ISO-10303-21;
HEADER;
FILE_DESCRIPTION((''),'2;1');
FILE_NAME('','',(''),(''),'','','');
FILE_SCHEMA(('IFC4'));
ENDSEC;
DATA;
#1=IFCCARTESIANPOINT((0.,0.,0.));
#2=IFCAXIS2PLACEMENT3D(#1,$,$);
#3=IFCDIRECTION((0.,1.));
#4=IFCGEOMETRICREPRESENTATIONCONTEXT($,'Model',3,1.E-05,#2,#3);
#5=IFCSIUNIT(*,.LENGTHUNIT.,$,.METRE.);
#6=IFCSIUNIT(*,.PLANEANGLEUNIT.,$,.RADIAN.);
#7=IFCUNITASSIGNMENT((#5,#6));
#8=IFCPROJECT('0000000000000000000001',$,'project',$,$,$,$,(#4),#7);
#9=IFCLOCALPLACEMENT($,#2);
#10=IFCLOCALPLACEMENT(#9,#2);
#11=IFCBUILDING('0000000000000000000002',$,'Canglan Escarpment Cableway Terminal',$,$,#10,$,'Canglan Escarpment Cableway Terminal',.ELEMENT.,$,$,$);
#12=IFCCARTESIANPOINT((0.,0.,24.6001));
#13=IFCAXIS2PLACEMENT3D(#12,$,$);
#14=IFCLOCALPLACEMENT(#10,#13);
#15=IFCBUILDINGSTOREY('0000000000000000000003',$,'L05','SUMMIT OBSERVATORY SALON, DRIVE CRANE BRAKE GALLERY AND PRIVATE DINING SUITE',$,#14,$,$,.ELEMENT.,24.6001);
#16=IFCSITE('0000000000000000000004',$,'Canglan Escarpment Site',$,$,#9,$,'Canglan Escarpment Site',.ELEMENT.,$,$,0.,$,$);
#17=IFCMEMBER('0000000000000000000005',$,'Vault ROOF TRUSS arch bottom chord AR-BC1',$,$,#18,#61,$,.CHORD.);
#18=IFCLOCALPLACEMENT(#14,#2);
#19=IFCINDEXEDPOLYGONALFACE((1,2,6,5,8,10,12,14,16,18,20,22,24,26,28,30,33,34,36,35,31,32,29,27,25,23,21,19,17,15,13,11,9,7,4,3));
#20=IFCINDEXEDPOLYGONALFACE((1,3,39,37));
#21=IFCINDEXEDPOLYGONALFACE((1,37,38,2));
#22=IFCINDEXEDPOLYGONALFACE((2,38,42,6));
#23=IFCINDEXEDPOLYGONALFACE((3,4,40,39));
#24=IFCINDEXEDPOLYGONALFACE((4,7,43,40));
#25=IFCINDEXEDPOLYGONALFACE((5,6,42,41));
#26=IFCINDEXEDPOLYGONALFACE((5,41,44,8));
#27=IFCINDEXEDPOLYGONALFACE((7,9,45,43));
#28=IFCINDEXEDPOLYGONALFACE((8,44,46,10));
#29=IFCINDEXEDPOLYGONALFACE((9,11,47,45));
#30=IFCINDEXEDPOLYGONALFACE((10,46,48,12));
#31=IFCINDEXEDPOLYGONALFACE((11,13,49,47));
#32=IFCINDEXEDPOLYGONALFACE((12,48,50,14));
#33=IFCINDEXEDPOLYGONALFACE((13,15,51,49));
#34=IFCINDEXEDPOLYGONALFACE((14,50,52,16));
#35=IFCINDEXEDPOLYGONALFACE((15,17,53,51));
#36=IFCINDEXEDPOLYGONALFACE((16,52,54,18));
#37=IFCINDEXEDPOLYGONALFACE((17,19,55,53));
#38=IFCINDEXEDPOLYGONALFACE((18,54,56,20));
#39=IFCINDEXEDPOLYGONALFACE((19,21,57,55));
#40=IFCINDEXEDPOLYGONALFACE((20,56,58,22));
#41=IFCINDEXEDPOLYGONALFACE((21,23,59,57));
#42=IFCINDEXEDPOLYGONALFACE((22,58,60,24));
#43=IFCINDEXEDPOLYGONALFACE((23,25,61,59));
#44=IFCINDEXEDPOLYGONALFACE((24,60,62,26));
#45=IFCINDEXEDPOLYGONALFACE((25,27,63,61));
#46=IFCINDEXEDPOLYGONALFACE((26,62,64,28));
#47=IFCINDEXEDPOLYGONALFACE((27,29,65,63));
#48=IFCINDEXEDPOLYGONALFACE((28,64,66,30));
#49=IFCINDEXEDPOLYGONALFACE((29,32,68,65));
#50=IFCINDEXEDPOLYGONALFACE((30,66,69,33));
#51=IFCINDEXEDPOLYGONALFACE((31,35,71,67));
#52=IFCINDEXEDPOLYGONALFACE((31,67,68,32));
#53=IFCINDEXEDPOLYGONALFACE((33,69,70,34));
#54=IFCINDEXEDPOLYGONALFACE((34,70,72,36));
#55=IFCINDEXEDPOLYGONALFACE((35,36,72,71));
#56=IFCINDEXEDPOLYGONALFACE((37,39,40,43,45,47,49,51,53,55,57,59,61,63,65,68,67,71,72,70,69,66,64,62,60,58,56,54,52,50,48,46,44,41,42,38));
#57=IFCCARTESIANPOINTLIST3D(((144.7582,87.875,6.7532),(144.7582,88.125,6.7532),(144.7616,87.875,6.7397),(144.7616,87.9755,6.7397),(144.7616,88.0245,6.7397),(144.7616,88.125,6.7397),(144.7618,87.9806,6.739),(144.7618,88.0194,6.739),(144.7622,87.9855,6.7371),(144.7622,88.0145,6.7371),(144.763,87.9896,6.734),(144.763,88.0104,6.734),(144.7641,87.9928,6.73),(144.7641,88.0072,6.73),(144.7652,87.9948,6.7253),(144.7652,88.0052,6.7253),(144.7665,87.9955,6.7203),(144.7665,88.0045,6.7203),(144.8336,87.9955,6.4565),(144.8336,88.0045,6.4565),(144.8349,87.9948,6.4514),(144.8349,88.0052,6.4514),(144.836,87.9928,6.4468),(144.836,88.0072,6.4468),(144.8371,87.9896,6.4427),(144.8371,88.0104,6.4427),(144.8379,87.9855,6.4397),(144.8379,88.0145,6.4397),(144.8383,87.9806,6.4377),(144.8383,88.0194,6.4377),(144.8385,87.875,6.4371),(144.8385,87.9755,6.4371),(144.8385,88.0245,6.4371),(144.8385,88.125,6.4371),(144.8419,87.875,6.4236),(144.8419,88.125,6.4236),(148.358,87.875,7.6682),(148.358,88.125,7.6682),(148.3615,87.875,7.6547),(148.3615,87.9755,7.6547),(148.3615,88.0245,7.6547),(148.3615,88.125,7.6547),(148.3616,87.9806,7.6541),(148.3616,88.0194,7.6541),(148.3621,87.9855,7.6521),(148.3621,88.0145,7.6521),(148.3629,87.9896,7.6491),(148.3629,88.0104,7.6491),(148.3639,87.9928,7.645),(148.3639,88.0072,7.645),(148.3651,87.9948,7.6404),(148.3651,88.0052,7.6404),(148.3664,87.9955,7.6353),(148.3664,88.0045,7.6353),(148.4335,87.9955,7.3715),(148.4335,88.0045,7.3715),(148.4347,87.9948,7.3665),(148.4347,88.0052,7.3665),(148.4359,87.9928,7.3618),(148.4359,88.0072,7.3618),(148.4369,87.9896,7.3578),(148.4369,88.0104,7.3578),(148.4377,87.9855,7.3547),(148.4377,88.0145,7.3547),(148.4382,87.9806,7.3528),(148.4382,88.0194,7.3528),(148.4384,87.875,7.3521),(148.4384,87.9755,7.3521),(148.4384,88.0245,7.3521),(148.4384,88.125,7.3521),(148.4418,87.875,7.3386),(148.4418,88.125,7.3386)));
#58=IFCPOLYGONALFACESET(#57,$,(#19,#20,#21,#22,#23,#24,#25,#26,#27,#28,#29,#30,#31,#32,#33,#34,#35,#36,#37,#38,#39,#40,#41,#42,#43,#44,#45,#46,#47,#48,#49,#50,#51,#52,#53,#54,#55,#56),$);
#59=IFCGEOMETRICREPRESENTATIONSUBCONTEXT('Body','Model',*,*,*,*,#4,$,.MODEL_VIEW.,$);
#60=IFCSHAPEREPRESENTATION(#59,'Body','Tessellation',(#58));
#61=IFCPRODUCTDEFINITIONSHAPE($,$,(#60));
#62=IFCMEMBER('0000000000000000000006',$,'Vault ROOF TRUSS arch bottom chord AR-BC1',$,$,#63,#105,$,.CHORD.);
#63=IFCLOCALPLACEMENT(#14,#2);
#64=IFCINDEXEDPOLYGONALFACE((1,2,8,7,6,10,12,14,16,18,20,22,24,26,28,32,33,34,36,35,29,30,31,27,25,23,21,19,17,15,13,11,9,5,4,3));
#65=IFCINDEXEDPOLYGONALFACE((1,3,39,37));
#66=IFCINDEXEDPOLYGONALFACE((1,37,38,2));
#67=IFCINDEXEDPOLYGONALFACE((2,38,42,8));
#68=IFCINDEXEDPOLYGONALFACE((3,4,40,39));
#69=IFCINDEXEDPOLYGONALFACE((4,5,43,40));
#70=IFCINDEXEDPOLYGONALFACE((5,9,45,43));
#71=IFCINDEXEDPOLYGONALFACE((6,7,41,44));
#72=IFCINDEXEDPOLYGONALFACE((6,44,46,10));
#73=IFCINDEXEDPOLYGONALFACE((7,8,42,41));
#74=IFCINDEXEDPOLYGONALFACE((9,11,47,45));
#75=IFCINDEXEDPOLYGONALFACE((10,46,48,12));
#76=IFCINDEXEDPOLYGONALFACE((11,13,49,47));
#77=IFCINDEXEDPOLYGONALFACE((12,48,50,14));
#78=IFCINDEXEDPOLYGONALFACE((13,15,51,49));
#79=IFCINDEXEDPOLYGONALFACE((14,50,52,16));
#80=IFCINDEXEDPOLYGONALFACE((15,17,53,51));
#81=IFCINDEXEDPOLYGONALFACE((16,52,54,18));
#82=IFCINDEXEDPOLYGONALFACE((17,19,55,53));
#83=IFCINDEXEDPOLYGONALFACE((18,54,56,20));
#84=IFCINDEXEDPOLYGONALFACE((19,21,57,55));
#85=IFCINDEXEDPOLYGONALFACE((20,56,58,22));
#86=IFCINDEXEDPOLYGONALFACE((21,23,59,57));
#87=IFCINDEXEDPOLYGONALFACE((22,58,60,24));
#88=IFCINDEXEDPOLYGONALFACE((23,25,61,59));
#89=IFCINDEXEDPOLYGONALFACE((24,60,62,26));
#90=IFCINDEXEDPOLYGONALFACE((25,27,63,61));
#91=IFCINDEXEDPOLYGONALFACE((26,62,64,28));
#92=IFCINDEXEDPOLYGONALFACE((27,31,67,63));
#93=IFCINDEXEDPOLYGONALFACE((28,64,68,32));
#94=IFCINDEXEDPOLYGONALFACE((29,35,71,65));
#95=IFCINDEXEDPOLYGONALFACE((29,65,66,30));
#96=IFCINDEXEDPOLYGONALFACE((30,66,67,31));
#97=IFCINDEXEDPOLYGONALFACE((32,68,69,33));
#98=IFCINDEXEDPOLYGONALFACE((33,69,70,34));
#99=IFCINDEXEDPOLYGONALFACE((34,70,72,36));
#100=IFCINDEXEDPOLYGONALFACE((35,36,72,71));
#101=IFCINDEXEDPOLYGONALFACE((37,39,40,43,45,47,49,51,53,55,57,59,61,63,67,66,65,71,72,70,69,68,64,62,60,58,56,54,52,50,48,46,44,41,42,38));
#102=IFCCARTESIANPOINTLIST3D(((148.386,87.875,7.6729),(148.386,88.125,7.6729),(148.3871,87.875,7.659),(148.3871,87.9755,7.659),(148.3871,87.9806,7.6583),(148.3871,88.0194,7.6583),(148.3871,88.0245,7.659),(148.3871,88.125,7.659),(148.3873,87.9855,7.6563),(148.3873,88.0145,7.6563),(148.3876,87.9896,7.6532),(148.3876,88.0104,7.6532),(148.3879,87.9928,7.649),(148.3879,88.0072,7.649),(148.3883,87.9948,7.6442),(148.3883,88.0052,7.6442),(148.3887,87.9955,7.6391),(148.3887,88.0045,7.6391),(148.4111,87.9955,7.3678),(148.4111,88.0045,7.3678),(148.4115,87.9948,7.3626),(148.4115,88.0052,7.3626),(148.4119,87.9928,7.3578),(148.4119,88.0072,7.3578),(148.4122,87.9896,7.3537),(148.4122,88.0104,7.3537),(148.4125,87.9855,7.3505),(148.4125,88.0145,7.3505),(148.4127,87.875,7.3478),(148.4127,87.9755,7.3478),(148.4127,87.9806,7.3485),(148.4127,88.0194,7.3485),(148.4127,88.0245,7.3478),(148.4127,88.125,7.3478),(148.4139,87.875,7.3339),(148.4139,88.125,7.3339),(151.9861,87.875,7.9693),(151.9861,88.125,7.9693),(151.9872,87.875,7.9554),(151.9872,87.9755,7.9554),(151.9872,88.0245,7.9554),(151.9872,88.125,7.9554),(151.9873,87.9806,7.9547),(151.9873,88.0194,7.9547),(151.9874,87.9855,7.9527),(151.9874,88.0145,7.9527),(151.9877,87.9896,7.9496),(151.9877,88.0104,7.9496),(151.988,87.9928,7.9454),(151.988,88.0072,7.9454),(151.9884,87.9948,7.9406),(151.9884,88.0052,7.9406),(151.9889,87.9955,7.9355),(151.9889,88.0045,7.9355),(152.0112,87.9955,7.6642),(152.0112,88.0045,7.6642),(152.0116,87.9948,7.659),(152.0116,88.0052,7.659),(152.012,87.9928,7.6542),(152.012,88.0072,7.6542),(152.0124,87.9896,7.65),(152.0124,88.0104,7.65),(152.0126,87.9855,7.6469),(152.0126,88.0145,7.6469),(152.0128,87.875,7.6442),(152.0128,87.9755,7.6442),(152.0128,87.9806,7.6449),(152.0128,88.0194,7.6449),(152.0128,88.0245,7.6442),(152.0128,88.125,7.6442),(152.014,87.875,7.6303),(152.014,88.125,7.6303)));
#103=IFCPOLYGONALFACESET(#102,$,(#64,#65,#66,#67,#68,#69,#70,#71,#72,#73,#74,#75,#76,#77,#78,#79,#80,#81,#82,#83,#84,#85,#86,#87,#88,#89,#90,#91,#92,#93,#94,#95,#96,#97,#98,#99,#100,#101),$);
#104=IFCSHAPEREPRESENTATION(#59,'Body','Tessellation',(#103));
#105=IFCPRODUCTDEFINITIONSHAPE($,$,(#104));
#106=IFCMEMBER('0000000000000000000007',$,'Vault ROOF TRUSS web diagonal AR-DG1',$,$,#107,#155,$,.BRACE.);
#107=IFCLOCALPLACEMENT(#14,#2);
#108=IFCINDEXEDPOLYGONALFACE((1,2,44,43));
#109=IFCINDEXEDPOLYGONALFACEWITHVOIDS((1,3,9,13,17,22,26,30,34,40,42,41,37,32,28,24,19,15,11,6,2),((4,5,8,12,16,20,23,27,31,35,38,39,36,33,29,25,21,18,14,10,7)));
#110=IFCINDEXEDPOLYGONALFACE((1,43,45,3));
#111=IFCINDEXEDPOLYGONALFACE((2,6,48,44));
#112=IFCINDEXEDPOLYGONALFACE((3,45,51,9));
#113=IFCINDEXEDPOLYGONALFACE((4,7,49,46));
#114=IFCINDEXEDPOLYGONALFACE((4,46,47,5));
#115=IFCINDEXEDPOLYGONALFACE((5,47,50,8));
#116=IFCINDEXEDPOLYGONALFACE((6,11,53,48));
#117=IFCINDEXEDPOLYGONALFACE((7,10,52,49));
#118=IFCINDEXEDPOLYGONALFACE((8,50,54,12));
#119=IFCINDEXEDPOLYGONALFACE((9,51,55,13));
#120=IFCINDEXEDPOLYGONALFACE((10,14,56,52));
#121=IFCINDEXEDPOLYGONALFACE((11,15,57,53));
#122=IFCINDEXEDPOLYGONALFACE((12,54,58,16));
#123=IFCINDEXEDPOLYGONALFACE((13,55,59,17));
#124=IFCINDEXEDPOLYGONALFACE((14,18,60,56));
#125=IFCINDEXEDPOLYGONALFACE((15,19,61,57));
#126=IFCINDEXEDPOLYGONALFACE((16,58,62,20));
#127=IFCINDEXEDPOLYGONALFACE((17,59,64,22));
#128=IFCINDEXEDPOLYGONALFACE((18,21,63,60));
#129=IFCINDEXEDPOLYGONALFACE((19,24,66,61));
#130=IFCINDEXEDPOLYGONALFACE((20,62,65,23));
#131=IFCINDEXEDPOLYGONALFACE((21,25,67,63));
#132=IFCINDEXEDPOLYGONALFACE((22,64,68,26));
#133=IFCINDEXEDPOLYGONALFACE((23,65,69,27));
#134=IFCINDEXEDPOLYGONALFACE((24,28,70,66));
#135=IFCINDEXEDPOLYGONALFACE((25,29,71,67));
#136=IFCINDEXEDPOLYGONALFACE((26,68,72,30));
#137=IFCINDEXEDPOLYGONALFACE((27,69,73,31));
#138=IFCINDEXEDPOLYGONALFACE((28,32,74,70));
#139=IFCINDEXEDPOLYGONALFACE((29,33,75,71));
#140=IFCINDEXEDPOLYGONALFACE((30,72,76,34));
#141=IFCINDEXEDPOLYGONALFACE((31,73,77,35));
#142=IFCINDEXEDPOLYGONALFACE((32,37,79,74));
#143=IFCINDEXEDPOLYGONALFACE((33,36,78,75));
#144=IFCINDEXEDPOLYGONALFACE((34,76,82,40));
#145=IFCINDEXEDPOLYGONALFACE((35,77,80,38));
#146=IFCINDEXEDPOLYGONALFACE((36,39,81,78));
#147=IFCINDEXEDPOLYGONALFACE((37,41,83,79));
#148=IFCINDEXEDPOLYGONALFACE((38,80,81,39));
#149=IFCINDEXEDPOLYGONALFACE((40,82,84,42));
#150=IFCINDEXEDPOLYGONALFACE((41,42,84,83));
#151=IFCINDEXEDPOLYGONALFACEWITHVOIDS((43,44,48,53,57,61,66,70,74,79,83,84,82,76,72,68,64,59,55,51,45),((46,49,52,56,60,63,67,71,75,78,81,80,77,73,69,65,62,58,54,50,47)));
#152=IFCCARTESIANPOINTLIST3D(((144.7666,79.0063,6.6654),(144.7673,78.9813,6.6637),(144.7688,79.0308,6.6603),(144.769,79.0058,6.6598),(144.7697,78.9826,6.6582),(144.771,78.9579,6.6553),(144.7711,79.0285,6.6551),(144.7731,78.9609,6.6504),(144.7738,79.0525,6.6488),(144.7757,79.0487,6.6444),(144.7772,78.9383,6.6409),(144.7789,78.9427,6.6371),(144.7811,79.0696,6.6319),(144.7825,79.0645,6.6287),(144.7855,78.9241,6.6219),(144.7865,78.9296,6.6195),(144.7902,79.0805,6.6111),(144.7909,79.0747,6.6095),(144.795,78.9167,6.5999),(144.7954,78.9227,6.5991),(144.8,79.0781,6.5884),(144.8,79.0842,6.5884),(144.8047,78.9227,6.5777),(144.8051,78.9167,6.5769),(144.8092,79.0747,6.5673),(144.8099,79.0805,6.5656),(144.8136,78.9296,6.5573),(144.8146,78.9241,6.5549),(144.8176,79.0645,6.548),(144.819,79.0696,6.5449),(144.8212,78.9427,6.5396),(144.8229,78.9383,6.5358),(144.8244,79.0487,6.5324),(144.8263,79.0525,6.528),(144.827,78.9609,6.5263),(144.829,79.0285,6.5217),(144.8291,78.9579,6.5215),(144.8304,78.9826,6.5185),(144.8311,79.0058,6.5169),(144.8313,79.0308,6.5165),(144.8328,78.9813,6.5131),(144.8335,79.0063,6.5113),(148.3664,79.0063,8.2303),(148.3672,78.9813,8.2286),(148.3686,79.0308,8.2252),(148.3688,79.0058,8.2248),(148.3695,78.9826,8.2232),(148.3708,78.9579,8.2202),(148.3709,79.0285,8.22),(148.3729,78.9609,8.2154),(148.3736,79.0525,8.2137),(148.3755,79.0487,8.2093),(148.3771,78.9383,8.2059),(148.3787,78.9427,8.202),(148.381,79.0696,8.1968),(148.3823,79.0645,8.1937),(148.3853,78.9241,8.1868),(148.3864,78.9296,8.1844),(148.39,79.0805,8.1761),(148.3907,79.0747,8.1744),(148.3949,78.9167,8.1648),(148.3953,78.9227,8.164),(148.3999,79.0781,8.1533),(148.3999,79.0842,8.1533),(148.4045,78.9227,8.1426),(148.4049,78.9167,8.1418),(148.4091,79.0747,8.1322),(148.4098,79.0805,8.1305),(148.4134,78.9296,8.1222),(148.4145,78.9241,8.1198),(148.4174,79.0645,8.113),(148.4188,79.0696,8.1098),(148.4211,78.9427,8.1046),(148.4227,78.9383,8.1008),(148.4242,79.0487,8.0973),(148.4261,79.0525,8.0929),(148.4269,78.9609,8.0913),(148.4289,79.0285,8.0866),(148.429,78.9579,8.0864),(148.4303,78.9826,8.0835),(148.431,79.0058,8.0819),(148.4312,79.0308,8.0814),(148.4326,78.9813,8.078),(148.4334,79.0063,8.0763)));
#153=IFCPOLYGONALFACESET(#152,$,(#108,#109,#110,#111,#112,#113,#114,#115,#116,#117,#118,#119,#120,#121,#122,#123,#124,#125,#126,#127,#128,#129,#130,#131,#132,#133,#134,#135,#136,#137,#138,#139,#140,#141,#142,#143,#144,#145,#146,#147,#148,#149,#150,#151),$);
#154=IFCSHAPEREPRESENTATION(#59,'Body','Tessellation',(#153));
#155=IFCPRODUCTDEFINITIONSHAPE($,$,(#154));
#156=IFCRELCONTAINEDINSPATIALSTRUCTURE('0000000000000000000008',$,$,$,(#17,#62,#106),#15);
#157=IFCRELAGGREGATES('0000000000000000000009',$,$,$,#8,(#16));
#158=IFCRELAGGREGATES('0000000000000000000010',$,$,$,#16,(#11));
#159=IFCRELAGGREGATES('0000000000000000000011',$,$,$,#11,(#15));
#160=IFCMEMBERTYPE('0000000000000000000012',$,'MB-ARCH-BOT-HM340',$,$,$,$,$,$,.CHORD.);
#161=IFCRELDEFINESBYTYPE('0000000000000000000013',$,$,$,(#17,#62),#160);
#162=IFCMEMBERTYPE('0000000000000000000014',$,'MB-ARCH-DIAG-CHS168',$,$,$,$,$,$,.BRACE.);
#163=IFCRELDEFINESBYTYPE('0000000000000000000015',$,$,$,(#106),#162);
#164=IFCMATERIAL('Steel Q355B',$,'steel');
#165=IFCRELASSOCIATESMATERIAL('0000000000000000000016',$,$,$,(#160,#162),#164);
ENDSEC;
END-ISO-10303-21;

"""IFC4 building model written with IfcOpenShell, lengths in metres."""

from ifc_helpers import new_model, si_unit, direction, frame, origin, origin_2d, place, context, subcontext, project, spatial, hollow_circle, i_section, extrude, material, material_profile, profile_set, type_object, element, save


model = new_model("IFC4")

# Units and contexts
model_context = context("Model", 3, precision=1e-05, world=origin(), true_north=direction((0.0, 1.0)))
body_context = subcontext(model_context, "Body", "Model", "MODEL_VIEW")
ifc_project = project(units=[si_unit("LENGTHUNIT", "METRE"), si_unit("PLANEANGLEUNIT", "RADIAN")], contexts=[model_context])

# Site, building, storey
site_placement = place(None, origin())
site = spatial("IfcSite", under=ifc_project, at=site_placement, Name="Canglan Escarpment Site", LongName="Canglan Escarpment Site", CompositionType="ELEMENT", RefElevation=0.0)
building_placement = place(site_placement, origin())
building = spatial("IfcBuilding", under=site, at=building_placement, Name="Canglan Escarpment Cableway Terminal", LongName="Canglan Escarpment Cableway Terminal", CompositionType="ELEMENT")
storey_placement = place(building_placement, frame((0.0, 0.0, 24.6001)))
storey = spatial("IfcBuildingStorey", under=building, at=storey_placement, Name="L05", Description="SUMMIT OBSERVATORY SALON, DRIVE CRANE BRAKE GALLERY AND PRIVATE DINING SUITE", CompositionType="ELEMENT", Elevation=24.6001)

# Shared definitions
ifc_material_1 = material(Name="Steel Q355B", Category="steel")

# Members
ifc_material_profile_1 = material_profile(ifc_material_1, i_section(OverallWidth=0.25, OverallDepth=0.3401, WebThickness=0.009, FlangeThickness=0.0139, FilletRadius=0.02, at=origin_2d()), Name="HM 340x250x9x14")
ifc_profile_set_1 = profile_set([ifc_material_profile_1], Name="Steel Q355B")
member_type_1 = type_object("IfcMemberType", Name="MB-ARCH-BOT-HM340", PredefinedType="CHORD", material=ifc_profile_set_1)
member_1_placement = place(storey_placement, frame((144.8, 88.0, 6.5884), z_axis=(0.96918, 0.0, 0.246354), x_axis=(0.0, 1.0, 0.0)))
element("IfcMember", 1, at=member_1_placement, inside=storey, type_object=member_type_1, Name="Vault ROOF TRUSS arch bottom chord AR-BC1", PredefinedType="CHORD", context=body_context, shape_type="SweptSolid", body=[
    extrude(i_section(OverallWidth=0.25, OverallDepth=0.3401, WebThickness=0.009, FlangeThickness=0.0139, FilletRadius=0.02, at=origin_2d()), origin(), (0.0, 0.0, 1.0), 3.7144),
])
member_2_placement = place(storey_placement, frame((148.3999, 88.0, 7.5034), z_axis=(0.996628, 0.0, 0.08205), x_axis=(0.0, 1.0, 0.0)))
element("IfcMember", 2, at=member_2_placement, inside=storey, type_object=member_type_1, Name="Vault ROOF TRUSS arch bottom chord AR-BC1", PredefinedType="CHORD", context=body_context, shape_type="SweptSolid", body=[
    extrude(i_section(OverallWidth=0.25, OverallDepth=0.3401, WebThickness=0.009, FlangeThickness=0.0139, FilletRadius=0.02, at=origin_2d()), origin(), (0.0, 0.0, 1.0), 3.6123),
])
ifc_material_profile_2 = material_profile(ifc_material_1, hollow_circle(Radius=0.0842, WallThickness=0.0061, at=origin_2d()), Name="CHS 168.3x6")
ifc_profile_set_2 = profile_set([ifc_material_profile_2], Name="Steel Q355B")
member_type_2 = type_object("IfcMemberType", Name="MB-ARCH-DIAG-CHS168", PredefinedType="BRACE", material=ifc_profile_set_2)
member_3_placement = place(storey_placement, frame((144.8, 79.0, 6.5884), z_axis=(0.91709, 0.0, 0.398681), x_axis=(0.0, 1.0, 0.0)))
element("IfcMember", 3, at=member_3_placement, inside=storey, type_object=member_type_2, Name="Vault ROOF TRUSS web diagonal AR-DG1", PredefinedType="BRACE", context=body_context, shape_type="SweptSolid", body=[
    extrude(hollow_circle(Radius=0.0842, WallThickness=0.0061, at=origin_2d()), origin(), (0.0, 0.0, 1.0), 3.9253),
])

save(model, "model.ifc")
